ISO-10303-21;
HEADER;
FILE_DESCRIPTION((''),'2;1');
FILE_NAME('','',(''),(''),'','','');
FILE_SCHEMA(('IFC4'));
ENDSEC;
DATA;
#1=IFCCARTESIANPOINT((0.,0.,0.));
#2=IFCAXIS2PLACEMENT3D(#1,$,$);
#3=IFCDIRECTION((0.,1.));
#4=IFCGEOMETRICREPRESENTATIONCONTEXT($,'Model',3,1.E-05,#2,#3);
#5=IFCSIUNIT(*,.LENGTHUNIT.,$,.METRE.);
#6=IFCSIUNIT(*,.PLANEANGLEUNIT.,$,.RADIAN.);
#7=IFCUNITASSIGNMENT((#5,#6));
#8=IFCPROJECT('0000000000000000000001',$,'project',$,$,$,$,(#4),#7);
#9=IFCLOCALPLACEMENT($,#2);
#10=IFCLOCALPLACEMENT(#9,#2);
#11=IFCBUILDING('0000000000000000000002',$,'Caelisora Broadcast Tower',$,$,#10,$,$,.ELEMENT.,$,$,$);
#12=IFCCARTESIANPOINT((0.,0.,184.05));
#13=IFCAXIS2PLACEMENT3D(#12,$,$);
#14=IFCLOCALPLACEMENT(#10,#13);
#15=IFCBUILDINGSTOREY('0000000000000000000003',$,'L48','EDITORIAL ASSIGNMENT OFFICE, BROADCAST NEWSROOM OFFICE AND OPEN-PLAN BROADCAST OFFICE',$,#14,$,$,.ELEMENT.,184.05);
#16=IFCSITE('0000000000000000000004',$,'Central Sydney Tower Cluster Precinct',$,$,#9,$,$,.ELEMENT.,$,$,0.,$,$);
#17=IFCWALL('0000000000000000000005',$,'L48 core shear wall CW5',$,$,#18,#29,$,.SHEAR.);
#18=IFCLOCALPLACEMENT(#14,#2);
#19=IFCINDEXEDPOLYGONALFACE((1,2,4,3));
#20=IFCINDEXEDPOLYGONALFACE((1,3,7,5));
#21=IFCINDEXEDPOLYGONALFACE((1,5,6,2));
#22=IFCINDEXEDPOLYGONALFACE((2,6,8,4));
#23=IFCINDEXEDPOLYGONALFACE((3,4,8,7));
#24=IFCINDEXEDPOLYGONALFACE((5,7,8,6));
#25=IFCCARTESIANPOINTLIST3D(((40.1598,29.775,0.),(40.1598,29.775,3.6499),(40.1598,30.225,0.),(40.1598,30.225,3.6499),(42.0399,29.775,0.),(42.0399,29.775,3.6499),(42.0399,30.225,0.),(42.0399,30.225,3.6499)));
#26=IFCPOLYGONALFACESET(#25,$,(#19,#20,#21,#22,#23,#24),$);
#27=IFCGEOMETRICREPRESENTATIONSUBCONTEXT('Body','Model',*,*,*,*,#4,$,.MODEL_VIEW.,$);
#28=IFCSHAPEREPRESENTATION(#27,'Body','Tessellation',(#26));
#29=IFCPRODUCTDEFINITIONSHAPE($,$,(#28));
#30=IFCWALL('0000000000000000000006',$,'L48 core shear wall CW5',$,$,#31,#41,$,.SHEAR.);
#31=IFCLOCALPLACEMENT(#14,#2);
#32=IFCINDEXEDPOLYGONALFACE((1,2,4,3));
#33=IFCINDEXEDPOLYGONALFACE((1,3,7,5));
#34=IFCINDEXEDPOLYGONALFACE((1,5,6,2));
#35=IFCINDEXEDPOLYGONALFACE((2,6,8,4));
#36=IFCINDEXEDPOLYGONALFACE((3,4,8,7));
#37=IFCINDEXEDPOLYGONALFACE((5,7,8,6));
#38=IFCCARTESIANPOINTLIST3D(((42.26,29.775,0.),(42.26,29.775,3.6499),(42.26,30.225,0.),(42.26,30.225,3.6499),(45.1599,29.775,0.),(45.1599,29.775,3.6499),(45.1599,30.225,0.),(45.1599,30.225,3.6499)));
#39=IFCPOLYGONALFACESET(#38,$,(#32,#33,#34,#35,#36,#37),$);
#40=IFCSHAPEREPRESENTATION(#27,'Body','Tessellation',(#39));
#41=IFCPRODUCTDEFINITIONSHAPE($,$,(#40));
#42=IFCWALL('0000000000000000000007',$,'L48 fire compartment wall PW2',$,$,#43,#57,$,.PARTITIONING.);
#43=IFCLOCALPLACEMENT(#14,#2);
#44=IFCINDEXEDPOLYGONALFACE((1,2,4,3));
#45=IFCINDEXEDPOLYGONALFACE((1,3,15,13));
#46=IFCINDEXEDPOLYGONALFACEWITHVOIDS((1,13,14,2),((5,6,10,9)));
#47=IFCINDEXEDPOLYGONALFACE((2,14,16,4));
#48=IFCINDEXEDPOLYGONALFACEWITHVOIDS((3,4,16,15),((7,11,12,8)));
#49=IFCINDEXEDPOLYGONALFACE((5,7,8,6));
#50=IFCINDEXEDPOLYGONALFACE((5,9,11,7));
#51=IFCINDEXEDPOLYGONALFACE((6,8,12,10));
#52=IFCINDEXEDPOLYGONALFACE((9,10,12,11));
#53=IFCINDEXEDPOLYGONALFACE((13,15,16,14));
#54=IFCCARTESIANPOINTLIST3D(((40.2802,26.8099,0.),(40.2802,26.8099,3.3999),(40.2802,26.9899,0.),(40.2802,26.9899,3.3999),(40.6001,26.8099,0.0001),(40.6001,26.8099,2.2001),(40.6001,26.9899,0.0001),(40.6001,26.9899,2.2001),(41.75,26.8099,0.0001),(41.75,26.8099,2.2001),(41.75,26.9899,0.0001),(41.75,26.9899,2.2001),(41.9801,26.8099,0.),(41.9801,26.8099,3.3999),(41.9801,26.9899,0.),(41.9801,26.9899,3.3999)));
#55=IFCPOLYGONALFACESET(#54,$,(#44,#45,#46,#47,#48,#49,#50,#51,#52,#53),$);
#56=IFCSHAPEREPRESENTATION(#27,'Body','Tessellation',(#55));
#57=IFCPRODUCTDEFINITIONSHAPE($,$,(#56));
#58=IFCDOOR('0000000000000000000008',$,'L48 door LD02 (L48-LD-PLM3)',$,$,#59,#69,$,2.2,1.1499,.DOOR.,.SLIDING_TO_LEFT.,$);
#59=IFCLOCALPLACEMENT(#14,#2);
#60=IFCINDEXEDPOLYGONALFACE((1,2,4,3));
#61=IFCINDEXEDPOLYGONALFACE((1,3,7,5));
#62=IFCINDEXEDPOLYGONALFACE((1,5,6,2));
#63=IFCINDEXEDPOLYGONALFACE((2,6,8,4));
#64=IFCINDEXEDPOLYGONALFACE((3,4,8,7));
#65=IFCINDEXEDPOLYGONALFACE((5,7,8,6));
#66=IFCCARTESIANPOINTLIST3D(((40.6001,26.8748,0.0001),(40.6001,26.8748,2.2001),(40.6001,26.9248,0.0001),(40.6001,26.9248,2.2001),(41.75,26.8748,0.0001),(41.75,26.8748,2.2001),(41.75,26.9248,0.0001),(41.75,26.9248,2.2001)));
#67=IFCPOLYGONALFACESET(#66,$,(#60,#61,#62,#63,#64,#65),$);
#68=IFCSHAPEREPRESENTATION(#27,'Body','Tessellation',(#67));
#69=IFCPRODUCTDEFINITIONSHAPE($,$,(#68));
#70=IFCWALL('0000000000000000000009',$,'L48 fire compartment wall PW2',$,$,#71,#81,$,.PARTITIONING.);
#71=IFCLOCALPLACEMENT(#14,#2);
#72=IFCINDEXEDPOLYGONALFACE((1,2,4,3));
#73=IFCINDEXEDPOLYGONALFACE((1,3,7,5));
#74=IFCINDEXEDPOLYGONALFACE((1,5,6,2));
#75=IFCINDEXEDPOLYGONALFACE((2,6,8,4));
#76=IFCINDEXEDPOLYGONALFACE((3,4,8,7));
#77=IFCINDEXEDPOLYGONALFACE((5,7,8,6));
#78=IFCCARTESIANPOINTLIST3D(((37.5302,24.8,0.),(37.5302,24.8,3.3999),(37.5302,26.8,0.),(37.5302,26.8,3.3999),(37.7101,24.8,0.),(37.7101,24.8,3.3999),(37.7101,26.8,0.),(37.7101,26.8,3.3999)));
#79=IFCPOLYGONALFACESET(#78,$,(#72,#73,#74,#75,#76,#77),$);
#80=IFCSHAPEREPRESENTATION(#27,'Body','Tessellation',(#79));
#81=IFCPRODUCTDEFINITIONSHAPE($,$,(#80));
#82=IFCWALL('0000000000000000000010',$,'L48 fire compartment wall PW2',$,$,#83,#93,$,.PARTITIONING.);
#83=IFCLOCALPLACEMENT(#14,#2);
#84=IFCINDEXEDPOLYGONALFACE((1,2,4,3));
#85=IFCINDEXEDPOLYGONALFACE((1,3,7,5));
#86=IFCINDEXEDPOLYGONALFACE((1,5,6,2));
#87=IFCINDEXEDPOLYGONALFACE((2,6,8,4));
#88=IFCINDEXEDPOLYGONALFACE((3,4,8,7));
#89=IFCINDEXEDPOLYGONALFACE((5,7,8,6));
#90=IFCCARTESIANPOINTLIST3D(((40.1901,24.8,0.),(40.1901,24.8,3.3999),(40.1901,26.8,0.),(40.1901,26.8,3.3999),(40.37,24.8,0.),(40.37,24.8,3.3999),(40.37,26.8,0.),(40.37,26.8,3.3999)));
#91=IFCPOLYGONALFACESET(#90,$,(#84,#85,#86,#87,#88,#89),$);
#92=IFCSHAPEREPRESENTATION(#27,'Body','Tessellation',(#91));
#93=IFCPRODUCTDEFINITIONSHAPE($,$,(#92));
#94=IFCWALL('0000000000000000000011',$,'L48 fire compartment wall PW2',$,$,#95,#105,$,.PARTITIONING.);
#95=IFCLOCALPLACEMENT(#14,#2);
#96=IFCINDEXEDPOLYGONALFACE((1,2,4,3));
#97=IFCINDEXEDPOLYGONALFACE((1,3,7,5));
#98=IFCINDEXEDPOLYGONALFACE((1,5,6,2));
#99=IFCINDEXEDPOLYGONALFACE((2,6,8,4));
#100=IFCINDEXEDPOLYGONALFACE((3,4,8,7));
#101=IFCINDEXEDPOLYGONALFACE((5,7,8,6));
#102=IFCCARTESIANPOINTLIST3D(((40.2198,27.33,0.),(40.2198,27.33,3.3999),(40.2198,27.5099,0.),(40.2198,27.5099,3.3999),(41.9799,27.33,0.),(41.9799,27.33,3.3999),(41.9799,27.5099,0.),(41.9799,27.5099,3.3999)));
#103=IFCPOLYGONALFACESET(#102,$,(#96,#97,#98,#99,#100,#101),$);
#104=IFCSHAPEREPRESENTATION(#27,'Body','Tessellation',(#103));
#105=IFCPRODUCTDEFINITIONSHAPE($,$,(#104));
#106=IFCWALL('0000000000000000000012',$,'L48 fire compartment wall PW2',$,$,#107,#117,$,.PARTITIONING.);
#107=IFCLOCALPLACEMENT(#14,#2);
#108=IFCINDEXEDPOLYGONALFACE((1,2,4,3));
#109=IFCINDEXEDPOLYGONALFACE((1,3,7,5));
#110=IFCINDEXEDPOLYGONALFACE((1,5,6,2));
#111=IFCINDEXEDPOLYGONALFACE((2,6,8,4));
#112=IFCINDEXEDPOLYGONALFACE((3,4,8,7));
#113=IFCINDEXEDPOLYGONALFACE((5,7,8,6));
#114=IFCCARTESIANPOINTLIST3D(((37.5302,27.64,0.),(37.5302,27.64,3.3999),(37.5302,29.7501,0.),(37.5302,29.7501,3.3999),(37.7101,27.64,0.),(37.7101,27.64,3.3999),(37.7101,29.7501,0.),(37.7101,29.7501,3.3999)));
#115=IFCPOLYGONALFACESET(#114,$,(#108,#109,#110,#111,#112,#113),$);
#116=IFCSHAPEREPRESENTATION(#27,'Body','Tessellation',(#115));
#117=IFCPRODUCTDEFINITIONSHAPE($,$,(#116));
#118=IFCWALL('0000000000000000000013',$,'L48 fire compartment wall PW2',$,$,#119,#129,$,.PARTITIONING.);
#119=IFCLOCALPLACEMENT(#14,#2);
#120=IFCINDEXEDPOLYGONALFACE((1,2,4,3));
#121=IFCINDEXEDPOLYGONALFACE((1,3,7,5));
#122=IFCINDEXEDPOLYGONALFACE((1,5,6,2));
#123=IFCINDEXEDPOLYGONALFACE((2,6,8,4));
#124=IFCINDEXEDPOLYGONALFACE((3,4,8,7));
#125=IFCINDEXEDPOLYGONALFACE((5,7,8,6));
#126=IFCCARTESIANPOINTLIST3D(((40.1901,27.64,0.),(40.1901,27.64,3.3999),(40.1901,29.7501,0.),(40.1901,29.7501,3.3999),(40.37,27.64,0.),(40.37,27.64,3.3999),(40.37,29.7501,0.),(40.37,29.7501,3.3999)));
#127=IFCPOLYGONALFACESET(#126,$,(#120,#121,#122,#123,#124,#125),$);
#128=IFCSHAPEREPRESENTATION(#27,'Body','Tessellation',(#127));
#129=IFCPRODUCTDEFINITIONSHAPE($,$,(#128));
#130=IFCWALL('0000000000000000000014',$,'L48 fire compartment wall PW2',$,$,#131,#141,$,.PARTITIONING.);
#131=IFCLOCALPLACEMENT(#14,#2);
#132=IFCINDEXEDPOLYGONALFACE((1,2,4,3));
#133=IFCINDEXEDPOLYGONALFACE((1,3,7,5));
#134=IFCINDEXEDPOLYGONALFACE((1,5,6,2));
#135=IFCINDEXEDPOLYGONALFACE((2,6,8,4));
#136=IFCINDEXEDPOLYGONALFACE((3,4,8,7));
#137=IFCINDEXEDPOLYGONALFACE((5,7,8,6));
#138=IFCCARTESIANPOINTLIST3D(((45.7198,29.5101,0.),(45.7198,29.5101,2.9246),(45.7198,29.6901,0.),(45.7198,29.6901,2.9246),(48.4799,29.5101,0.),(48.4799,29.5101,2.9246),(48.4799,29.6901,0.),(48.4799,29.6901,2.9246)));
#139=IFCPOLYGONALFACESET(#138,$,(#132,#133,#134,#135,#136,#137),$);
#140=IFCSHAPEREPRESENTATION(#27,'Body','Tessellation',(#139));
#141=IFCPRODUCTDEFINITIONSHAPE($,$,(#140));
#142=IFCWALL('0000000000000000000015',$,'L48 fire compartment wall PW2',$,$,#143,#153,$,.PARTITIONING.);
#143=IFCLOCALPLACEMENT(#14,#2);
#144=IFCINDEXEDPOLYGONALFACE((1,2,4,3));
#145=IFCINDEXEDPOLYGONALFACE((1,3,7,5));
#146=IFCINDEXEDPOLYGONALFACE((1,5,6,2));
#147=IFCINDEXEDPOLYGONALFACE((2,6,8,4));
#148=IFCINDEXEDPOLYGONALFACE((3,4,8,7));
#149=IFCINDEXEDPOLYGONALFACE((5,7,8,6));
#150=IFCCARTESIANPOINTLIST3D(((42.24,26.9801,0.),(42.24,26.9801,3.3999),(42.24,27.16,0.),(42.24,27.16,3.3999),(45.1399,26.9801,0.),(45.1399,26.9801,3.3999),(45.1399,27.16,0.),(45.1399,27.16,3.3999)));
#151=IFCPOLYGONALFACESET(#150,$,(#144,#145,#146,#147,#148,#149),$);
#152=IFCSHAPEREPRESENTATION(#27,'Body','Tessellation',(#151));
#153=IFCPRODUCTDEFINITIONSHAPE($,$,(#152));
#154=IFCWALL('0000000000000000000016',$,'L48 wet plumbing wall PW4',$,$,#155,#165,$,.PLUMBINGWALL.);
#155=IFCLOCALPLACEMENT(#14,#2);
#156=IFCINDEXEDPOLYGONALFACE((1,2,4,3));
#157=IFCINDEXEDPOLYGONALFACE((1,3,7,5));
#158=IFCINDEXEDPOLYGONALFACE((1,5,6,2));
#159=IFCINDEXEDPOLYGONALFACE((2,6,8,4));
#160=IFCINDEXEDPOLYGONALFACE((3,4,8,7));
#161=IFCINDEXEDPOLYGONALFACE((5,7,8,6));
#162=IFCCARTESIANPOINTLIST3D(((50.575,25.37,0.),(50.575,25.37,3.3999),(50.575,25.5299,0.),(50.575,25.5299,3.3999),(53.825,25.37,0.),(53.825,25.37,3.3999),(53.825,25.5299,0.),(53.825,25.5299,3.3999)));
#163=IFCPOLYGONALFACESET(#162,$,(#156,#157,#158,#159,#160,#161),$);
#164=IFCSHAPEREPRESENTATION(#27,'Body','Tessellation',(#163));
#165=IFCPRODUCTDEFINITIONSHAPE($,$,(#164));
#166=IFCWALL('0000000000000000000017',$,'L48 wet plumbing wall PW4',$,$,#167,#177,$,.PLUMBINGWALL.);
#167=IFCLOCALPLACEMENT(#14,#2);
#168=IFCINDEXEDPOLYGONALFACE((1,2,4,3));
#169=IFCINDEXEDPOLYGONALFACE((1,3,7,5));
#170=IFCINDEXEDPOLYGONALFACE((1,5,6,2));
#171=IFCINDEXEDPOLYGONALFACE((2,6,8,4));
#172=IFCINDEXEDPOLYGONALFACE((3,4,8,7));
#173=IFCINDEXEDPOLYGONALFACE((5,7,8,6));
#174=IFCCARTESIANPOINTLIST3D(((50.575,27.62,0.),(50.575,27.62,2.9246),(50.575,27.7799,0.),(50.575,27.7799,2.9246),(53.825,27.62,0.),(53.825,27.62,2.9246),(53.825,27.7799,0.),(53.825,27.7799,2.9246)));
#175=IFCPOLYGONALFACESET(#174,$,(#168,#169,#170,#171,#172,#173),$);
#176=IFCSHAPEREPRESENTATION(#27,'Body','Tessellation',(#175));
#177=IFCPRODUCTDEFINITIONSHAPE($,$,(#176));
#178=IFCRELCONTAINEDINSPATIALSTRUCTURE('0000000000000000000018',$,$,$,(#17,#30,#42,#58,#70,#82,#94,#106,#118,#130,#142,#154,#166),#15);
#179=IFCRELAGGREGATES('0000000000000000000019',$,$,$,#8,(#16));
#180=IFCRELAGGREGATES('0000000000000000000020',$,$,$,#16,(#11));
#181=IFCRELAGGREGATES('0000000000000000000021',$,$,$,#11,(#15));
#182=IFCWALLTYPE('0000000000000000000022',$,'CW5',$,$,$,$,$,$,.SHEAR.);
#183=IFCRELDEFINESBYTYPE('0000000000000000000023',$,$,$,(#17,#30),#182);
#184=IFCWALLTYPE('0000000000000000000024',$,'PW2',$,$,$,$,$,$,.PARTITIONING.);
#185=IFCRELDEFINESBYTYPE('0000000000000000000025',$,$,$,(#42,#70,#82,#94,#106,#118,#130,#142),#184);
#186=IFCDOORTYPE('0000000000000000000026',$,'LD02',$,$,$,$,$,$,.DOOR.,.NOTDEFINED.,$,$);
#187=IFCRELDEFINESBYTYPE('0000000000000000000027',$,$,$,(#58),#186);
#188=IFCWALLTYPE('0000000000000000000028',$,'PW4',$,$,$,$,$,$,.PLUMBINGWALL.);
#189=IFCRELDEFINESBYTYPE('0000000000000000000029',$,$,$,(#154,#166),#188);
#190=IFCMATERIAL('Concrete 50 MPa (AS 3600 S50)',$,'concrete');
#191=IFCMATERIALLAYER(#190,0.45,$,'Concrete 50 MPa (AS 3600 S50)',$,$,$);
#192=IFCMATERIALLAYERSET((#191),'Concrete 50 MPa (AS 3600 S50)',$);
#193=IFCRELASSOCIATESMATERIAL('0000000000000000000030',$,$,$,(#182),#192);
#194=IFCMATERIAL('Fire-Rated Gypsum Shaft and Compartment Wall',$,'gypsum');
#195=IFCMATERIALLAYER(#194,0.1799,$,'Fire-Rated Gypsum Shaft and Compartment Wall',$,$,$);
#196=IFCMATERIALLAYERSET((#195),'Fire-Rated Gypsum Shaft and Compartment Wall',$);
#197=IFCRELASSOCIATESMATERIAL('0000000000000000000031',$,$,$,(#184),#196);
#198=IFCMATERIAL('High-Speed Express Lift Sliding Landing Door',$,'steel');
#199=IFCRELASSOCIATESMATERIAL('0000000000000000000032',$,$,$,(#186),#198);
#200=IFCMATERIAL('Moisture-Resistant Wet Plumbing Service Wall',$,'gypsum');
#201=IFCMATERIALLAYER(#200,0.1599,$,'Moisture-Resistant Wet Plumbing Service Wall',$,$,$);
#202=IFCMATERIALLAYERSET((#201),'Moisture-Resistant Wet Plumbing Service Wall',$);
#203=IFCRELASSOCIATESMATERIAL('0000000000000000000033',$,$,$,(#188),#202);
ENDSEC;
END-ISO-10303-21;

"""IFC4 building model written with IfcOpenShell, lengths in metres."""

from ifc_helpers import new_model, si_unit, direction, frame, frame_2d, origin, place, context, subcontext, project, spatial, rectangle, extrude, material, layer, layer_set, type_object, element, fill, save


model = new_model("IFC4")

# Units and contexts
model_context = context("Model", 3, precision=1e-05, world=origin(), true_north=direction((0.0, 1.0)))
body_context = subcontext(model_context, "Body", "Model", "MODEL_VIEW")
ifc_project = project(units=[si_unit("LENGTHUNIT", "METRE"), si_unit("PLANEANGLEUNIT", "RADIAN")], contexts=[model_context])

# Site, building, storey
site_placement = place(None, origin())
site = spatial("IfcSite", under=ifc_project, at=site_placement, Name="Central Sydney Tower Cluster Precinct", CompositionType="ELEMENT", RefElevation=0.0)
building_placement = place(site_placement, origin())
building = spatial("IfcBuilding", under=site, at=building_placement, Name="Caelisora Broadcast Tower", CompositionType="ELEMENT")
storey_placement = place(building_placement, frame((0.0, 0.0, 184.05)))
storey = spatial("IfcBuildingStorey", under=building, at=storey_placement, Name="L48", Description="EDITORIAL ASSIGNMENT OFFICE, BROADCAST NEWSROOM OFFICE AND OPEN-PLAN BROADCAST OFFICE", CompositionType="ELEMENT", Elevation=184.05)

# Shared definitions
ifc_material_1 = material(Name="Concrete 50 MPa (AS 3600 S50)", Category="concrete")

# Walls
ifc_layer_1 = layer(ifc_material_1, 0.45, Name="Concrete 50 MPa (AS 3600 S50)")
ifc_layer_set_1 = layer_set([ifc_layer_1], Name="Concrete 50 MPa (AS 3600 S50)")
wall_type_1 = type_object("IfcWallType", Name="CW5", PredefinedType="SHEAR", material=ifc_layer_set_1)
wall_1_placement = place(storey_placement, frame((40.1599, 30.0, 0.0), z_axis=(0.0, 0.0, 1.0), x_axis=(1.0, 0.0, 0.0)))
element("IfcWall", 1, at=wall_1_placement, inside=storey, type_object=wall_type_1, Name="L48 core shear wall CW5", PredefinedType="SHEAR", context=body_context, shape_type="SweptSolid", body=[
    extrude(rectangle(XDim=1.8801, YDim=0.45, at=frame_2d((0.9399, 0.0))), origin(), (0.0, 0.0, 1.0), 3.6499),
])
wall_2_placement = place(storey_placement, frame((42.26, 30.0, 0.0), z_axis=(0.0, 0.0, 1.0), x_axis=(1.0, 0.0, 0.0)))
element("IfcWall", 2, at=wall_2_placement, inside=storey, type_object=wall_type_1, Name="L48 core shear wall CW5", PredefinedType="SHEAR", context=body_context, shape_type="SweptSolid", body=[
    extrude(rectangle(XDim=2.8999, YDim=0.45, at=frame_2d((1.45, 0.0))), origin(), (0.0, 0.0, 1.0), 3.6499),
])

# Wall, opening, door
ifc_material_2 = material(Name="Fire-Rated Gypsum Shaft and Compartment Wall", Category="gypsum")
ifc_layer_2 = layer(ifc_material_2, 0.1799, Name="Fire-Rated Gypsum Shaft and Compartment Wall")
ifc_layer_set_2 = layer_set([ifc_layer_2], Name="Fire-Rated Gypsum Shaft and Compartment Wall")
wall_type_2 = type_object("IfcWallType", Name="PW2", PredefinedType="PARTITIONING", material=ifc_layer_set_2)
wall_3_placement = place(storey_placement, frame((40.28, 26.8999, 0.0), z_axis=(0.0, 0.0, 1.0), x_axis=(1.0, 0.0, 0.0)))
wall_3 = element("IfcWall", 3, at=wall_3_placement, inside=storey, type_object=wall_type_2, Name="L48 fire compartment wall PW2", PredefinedType="PARTITIONING", context=body_context, shape_type="SweptSolid", body=[
    extrude(rectangle(XDim=1.7, YDim=0.1799, at=frame_2d((0.8501, 0.0))), origin(), (0.0, 0.0, 1.0), 3.3999),
])
opening_placement = place(wall_3_placement, frame((0.3201, 0.0, 0.0)))
opening = element("IfcOpeningElement", 4, at=opening_placement, cuts=wall_3, PredefinedType="OPENING", context=body_context, shape_type="SweptSolid", body=[
    extrude(rectangle(XDim=1.1499, YDim=2.2, at=frame_2d((0.575, 1.1001))), frame((0.0, 0.1021, 0.0), z_axis=(0.0, -1.0, 0.0), x_axis=(1.0, 0.0, 0.0)), (0.0, 0.0, 1.0), 0.2039),
])
ifc_material_3 = material(Name="High-Speed Express Lift Sliding Landing Door", Category="steel")
door_type = type_object("IfcDoorType", Name="LD02", OperationType="NOTDEFINED", PredefinedType="DOOR", material=ifc_material_3)
door_placement = place(opening_placement, origin())
door = element("IfcDoor", 5, at=door_placement, inside=storey, type_object=door_type, Name="L48 door LD02 (L48-LD-PLM3)", OperationType="SLIDING_TO_LEFT", OverallHeight=2.2, OverallWidth=1.1499, PredefinedType="DOOR", context=body_context, shape_type="SweptSolid", body=[
    extrude(rectangle(XDim=1.1499, YDim=2.2, at=frame_2d((0.575, 1.1001))), frame((0.0, 0.0249, 0.0), z_axis=(0.0, -1.0, 0.0), x_axis=(1.0, 0.0, 0.0)), (0.0, 0.0, 1.0), 0.05),
])
fill(opening, door)

# Walls
for number, where, z_axis, x_axis, name in (
    (6, (37.6201, 24.8, 0.0), (0.0, 0.0, 1.0), (0.0, 1.0, 0.0), "L48 fire compartment wall PW2"),
    (7, (40.28, 24.8, 0.0), (0.0, 0.0, 1.0), (0.0, 1.0, 0.0), "L48 fire compartment wall PW2"),
):
    element("IfcWall", number, at=place(storey_placement, frame(where, z_axis=z_axis, x_axis=x_axis)), inside=storey, type_object=wall_type_2, Name=name, PredefinedType="PARTITIONING", context=body_context, shape_type="SweptSolid", body=[
        extrude(rectangle(XDim=2.0, YDim=0.1799, at=frame_2d((1.0, 0.0))), origin(), (0.0, 0.0, 1.0), 3.3999),
    ])
wall_4_placement = place(storey_placement, frame((40.22, 27.4199, 0.0), z_axis=(0.0, 0.0, 1.0), x_axis=(1.0, 0.0, 0.0)))
element("IfcWall", 8, at=wall_4_placement, inside=storey, type_object=wall_type_2, Name="L48 fire compartment wall PW2", PredefinedType="PARTITIONING", context=body_context, shape_type="SweptSolid", body=[
    extrude(rectangle(XDim=1.76, YDim=0.1799, at=frame_2d((0.8799, 0.0))), origin(), (0.0, 0.0, 1.0), 3.3999),
])
for number, where, z_axis, x_axis, name in (
    (9, (37.6201, 27.6399, 0.0), (0.0, 0.0, 1.0), (0.0, 1.0, 0.0), "L48 fire compartment wall PW2"),
    (10, (40.28, 27.6399, 0.0), (0.0, 0.0, 1.0), (0.0, 1.0, 0.0), "L48 fire compartment wall PW2"),
):
    element("IfcWall", number, at=place(storey_placement, frame(where, z_axis=z_axis, x_axis=x_axis)), inside=storey, type_object=wall_type_2, Name=name, PredefinedType="PARTITIONING", context=body_context, shape_type="SweptSolid", body=[
        extrude(rectangle(XDim=2.1101, YDim=0.1799, at=frame_2d((1.0552, 0.0))), origin(), (0.0, 0.0, 1.0), 3.3999),
    ])
wall_5_placement = place(storey_placement, frame((45.72, 29.6001, 0.0), z_axis=(0.0, 0.0, 1.0), x_axis=(1.0, 0.0, 0.0)))
element("IfcWall", 11, at=wall_5_placement, inside=storey, type_object=wall_type_2, Name="L48 fire compartment wall PW2", PredefinedType="PARTITIONING", context=body_context, shape_type="SweptSolid", body=[
    extrude(rectangle(XDim=2.76, YDim=0.1799, at=frame_2d((1.3799, 0.0))), origin(), (0.0, 0.0, 1.0), 2.9246),
])
wall_6_placement = place(storey_placement, frame((42.24, 27.0701, 0.0), z_axis=(0.0, 0.0, 1.0), x_axis=(1.0, 0.0, 0.0)))
element("IfcWall", 12, at=wall_6_placement, inside=storey, type_object=wall_type_2, Name="L48 fire compartment wall PW2", PredefinedType="PARTITIONING", context=body_context, shape_type="SweptSolid", body=[
    extrude(rectangle(XDim=2.8999, YDim=0.1799, at=frame_2d((1.45, 0.0))), origin(), (0.0, 0.0, 1.0), 3.3999),
])
ifc_material_4 = material(Name="Moisture-Resistant Wet Plumbing Service Wall", Category="gypsum")
ifc_layer_3 = layer(ifc_material_4, 0.1599, Name="Moisture-Resistant Wet Plumbing Service Wall")
ifc_layer_set_3 = layer_set([ifc_layer_3], Name="Moisture-Resistant Wet Plumbing Service Wall")
wall_type_3 = type_object("IfcWallType", Name="PW4", PredefinedType="PLUMBINGWALL", material=ifc_layer_set_3)
wall_7_placement = place(storey_placement, frame((50.575, 25.45, 0.0), z_axis=(0.0, 0.0, 1.0), x_axis=(1.0, 0.0, 0.0)))
element("IfcWall", 13, at=wall_7_placement, inside=storey, type_object=wall_type_3, Name="L48 wet plumbing wall PW4", PredefinedType="PLUMBINGWALL", context=body_context, shape_type="SweptSolid", body=[
    extrude(rectangle(XDim=3.25, YDim=0.1599, at=frame_2d((1.625, 0.0))), origin(), (0.0, 0.0, 1.0), 3.3999),
])
wall_8_placement = place(storey_placement, frame((50.575, 27.7, 0.0), z_axis=(0.0, 0.0, 1.0), x_axis=(1.0, 0.0, 0.0)))
element("IfcWall", 14, at=wall_8_placement, inside=storey, type_object=wall_type_3, Name="L48 wet plumbing wall PW4", PredefinedType="PLUMBINGWALL", context=body_context, shape_type="SweptSolid", body=[
    extrude(rectangle(XDim=3.25, YDim=0.1599, at=frame_2d((1.625, 0.0))), origin(), (0.0, 0.0, 1.0), 2.9246),
])

save(model, "model.ifc")
